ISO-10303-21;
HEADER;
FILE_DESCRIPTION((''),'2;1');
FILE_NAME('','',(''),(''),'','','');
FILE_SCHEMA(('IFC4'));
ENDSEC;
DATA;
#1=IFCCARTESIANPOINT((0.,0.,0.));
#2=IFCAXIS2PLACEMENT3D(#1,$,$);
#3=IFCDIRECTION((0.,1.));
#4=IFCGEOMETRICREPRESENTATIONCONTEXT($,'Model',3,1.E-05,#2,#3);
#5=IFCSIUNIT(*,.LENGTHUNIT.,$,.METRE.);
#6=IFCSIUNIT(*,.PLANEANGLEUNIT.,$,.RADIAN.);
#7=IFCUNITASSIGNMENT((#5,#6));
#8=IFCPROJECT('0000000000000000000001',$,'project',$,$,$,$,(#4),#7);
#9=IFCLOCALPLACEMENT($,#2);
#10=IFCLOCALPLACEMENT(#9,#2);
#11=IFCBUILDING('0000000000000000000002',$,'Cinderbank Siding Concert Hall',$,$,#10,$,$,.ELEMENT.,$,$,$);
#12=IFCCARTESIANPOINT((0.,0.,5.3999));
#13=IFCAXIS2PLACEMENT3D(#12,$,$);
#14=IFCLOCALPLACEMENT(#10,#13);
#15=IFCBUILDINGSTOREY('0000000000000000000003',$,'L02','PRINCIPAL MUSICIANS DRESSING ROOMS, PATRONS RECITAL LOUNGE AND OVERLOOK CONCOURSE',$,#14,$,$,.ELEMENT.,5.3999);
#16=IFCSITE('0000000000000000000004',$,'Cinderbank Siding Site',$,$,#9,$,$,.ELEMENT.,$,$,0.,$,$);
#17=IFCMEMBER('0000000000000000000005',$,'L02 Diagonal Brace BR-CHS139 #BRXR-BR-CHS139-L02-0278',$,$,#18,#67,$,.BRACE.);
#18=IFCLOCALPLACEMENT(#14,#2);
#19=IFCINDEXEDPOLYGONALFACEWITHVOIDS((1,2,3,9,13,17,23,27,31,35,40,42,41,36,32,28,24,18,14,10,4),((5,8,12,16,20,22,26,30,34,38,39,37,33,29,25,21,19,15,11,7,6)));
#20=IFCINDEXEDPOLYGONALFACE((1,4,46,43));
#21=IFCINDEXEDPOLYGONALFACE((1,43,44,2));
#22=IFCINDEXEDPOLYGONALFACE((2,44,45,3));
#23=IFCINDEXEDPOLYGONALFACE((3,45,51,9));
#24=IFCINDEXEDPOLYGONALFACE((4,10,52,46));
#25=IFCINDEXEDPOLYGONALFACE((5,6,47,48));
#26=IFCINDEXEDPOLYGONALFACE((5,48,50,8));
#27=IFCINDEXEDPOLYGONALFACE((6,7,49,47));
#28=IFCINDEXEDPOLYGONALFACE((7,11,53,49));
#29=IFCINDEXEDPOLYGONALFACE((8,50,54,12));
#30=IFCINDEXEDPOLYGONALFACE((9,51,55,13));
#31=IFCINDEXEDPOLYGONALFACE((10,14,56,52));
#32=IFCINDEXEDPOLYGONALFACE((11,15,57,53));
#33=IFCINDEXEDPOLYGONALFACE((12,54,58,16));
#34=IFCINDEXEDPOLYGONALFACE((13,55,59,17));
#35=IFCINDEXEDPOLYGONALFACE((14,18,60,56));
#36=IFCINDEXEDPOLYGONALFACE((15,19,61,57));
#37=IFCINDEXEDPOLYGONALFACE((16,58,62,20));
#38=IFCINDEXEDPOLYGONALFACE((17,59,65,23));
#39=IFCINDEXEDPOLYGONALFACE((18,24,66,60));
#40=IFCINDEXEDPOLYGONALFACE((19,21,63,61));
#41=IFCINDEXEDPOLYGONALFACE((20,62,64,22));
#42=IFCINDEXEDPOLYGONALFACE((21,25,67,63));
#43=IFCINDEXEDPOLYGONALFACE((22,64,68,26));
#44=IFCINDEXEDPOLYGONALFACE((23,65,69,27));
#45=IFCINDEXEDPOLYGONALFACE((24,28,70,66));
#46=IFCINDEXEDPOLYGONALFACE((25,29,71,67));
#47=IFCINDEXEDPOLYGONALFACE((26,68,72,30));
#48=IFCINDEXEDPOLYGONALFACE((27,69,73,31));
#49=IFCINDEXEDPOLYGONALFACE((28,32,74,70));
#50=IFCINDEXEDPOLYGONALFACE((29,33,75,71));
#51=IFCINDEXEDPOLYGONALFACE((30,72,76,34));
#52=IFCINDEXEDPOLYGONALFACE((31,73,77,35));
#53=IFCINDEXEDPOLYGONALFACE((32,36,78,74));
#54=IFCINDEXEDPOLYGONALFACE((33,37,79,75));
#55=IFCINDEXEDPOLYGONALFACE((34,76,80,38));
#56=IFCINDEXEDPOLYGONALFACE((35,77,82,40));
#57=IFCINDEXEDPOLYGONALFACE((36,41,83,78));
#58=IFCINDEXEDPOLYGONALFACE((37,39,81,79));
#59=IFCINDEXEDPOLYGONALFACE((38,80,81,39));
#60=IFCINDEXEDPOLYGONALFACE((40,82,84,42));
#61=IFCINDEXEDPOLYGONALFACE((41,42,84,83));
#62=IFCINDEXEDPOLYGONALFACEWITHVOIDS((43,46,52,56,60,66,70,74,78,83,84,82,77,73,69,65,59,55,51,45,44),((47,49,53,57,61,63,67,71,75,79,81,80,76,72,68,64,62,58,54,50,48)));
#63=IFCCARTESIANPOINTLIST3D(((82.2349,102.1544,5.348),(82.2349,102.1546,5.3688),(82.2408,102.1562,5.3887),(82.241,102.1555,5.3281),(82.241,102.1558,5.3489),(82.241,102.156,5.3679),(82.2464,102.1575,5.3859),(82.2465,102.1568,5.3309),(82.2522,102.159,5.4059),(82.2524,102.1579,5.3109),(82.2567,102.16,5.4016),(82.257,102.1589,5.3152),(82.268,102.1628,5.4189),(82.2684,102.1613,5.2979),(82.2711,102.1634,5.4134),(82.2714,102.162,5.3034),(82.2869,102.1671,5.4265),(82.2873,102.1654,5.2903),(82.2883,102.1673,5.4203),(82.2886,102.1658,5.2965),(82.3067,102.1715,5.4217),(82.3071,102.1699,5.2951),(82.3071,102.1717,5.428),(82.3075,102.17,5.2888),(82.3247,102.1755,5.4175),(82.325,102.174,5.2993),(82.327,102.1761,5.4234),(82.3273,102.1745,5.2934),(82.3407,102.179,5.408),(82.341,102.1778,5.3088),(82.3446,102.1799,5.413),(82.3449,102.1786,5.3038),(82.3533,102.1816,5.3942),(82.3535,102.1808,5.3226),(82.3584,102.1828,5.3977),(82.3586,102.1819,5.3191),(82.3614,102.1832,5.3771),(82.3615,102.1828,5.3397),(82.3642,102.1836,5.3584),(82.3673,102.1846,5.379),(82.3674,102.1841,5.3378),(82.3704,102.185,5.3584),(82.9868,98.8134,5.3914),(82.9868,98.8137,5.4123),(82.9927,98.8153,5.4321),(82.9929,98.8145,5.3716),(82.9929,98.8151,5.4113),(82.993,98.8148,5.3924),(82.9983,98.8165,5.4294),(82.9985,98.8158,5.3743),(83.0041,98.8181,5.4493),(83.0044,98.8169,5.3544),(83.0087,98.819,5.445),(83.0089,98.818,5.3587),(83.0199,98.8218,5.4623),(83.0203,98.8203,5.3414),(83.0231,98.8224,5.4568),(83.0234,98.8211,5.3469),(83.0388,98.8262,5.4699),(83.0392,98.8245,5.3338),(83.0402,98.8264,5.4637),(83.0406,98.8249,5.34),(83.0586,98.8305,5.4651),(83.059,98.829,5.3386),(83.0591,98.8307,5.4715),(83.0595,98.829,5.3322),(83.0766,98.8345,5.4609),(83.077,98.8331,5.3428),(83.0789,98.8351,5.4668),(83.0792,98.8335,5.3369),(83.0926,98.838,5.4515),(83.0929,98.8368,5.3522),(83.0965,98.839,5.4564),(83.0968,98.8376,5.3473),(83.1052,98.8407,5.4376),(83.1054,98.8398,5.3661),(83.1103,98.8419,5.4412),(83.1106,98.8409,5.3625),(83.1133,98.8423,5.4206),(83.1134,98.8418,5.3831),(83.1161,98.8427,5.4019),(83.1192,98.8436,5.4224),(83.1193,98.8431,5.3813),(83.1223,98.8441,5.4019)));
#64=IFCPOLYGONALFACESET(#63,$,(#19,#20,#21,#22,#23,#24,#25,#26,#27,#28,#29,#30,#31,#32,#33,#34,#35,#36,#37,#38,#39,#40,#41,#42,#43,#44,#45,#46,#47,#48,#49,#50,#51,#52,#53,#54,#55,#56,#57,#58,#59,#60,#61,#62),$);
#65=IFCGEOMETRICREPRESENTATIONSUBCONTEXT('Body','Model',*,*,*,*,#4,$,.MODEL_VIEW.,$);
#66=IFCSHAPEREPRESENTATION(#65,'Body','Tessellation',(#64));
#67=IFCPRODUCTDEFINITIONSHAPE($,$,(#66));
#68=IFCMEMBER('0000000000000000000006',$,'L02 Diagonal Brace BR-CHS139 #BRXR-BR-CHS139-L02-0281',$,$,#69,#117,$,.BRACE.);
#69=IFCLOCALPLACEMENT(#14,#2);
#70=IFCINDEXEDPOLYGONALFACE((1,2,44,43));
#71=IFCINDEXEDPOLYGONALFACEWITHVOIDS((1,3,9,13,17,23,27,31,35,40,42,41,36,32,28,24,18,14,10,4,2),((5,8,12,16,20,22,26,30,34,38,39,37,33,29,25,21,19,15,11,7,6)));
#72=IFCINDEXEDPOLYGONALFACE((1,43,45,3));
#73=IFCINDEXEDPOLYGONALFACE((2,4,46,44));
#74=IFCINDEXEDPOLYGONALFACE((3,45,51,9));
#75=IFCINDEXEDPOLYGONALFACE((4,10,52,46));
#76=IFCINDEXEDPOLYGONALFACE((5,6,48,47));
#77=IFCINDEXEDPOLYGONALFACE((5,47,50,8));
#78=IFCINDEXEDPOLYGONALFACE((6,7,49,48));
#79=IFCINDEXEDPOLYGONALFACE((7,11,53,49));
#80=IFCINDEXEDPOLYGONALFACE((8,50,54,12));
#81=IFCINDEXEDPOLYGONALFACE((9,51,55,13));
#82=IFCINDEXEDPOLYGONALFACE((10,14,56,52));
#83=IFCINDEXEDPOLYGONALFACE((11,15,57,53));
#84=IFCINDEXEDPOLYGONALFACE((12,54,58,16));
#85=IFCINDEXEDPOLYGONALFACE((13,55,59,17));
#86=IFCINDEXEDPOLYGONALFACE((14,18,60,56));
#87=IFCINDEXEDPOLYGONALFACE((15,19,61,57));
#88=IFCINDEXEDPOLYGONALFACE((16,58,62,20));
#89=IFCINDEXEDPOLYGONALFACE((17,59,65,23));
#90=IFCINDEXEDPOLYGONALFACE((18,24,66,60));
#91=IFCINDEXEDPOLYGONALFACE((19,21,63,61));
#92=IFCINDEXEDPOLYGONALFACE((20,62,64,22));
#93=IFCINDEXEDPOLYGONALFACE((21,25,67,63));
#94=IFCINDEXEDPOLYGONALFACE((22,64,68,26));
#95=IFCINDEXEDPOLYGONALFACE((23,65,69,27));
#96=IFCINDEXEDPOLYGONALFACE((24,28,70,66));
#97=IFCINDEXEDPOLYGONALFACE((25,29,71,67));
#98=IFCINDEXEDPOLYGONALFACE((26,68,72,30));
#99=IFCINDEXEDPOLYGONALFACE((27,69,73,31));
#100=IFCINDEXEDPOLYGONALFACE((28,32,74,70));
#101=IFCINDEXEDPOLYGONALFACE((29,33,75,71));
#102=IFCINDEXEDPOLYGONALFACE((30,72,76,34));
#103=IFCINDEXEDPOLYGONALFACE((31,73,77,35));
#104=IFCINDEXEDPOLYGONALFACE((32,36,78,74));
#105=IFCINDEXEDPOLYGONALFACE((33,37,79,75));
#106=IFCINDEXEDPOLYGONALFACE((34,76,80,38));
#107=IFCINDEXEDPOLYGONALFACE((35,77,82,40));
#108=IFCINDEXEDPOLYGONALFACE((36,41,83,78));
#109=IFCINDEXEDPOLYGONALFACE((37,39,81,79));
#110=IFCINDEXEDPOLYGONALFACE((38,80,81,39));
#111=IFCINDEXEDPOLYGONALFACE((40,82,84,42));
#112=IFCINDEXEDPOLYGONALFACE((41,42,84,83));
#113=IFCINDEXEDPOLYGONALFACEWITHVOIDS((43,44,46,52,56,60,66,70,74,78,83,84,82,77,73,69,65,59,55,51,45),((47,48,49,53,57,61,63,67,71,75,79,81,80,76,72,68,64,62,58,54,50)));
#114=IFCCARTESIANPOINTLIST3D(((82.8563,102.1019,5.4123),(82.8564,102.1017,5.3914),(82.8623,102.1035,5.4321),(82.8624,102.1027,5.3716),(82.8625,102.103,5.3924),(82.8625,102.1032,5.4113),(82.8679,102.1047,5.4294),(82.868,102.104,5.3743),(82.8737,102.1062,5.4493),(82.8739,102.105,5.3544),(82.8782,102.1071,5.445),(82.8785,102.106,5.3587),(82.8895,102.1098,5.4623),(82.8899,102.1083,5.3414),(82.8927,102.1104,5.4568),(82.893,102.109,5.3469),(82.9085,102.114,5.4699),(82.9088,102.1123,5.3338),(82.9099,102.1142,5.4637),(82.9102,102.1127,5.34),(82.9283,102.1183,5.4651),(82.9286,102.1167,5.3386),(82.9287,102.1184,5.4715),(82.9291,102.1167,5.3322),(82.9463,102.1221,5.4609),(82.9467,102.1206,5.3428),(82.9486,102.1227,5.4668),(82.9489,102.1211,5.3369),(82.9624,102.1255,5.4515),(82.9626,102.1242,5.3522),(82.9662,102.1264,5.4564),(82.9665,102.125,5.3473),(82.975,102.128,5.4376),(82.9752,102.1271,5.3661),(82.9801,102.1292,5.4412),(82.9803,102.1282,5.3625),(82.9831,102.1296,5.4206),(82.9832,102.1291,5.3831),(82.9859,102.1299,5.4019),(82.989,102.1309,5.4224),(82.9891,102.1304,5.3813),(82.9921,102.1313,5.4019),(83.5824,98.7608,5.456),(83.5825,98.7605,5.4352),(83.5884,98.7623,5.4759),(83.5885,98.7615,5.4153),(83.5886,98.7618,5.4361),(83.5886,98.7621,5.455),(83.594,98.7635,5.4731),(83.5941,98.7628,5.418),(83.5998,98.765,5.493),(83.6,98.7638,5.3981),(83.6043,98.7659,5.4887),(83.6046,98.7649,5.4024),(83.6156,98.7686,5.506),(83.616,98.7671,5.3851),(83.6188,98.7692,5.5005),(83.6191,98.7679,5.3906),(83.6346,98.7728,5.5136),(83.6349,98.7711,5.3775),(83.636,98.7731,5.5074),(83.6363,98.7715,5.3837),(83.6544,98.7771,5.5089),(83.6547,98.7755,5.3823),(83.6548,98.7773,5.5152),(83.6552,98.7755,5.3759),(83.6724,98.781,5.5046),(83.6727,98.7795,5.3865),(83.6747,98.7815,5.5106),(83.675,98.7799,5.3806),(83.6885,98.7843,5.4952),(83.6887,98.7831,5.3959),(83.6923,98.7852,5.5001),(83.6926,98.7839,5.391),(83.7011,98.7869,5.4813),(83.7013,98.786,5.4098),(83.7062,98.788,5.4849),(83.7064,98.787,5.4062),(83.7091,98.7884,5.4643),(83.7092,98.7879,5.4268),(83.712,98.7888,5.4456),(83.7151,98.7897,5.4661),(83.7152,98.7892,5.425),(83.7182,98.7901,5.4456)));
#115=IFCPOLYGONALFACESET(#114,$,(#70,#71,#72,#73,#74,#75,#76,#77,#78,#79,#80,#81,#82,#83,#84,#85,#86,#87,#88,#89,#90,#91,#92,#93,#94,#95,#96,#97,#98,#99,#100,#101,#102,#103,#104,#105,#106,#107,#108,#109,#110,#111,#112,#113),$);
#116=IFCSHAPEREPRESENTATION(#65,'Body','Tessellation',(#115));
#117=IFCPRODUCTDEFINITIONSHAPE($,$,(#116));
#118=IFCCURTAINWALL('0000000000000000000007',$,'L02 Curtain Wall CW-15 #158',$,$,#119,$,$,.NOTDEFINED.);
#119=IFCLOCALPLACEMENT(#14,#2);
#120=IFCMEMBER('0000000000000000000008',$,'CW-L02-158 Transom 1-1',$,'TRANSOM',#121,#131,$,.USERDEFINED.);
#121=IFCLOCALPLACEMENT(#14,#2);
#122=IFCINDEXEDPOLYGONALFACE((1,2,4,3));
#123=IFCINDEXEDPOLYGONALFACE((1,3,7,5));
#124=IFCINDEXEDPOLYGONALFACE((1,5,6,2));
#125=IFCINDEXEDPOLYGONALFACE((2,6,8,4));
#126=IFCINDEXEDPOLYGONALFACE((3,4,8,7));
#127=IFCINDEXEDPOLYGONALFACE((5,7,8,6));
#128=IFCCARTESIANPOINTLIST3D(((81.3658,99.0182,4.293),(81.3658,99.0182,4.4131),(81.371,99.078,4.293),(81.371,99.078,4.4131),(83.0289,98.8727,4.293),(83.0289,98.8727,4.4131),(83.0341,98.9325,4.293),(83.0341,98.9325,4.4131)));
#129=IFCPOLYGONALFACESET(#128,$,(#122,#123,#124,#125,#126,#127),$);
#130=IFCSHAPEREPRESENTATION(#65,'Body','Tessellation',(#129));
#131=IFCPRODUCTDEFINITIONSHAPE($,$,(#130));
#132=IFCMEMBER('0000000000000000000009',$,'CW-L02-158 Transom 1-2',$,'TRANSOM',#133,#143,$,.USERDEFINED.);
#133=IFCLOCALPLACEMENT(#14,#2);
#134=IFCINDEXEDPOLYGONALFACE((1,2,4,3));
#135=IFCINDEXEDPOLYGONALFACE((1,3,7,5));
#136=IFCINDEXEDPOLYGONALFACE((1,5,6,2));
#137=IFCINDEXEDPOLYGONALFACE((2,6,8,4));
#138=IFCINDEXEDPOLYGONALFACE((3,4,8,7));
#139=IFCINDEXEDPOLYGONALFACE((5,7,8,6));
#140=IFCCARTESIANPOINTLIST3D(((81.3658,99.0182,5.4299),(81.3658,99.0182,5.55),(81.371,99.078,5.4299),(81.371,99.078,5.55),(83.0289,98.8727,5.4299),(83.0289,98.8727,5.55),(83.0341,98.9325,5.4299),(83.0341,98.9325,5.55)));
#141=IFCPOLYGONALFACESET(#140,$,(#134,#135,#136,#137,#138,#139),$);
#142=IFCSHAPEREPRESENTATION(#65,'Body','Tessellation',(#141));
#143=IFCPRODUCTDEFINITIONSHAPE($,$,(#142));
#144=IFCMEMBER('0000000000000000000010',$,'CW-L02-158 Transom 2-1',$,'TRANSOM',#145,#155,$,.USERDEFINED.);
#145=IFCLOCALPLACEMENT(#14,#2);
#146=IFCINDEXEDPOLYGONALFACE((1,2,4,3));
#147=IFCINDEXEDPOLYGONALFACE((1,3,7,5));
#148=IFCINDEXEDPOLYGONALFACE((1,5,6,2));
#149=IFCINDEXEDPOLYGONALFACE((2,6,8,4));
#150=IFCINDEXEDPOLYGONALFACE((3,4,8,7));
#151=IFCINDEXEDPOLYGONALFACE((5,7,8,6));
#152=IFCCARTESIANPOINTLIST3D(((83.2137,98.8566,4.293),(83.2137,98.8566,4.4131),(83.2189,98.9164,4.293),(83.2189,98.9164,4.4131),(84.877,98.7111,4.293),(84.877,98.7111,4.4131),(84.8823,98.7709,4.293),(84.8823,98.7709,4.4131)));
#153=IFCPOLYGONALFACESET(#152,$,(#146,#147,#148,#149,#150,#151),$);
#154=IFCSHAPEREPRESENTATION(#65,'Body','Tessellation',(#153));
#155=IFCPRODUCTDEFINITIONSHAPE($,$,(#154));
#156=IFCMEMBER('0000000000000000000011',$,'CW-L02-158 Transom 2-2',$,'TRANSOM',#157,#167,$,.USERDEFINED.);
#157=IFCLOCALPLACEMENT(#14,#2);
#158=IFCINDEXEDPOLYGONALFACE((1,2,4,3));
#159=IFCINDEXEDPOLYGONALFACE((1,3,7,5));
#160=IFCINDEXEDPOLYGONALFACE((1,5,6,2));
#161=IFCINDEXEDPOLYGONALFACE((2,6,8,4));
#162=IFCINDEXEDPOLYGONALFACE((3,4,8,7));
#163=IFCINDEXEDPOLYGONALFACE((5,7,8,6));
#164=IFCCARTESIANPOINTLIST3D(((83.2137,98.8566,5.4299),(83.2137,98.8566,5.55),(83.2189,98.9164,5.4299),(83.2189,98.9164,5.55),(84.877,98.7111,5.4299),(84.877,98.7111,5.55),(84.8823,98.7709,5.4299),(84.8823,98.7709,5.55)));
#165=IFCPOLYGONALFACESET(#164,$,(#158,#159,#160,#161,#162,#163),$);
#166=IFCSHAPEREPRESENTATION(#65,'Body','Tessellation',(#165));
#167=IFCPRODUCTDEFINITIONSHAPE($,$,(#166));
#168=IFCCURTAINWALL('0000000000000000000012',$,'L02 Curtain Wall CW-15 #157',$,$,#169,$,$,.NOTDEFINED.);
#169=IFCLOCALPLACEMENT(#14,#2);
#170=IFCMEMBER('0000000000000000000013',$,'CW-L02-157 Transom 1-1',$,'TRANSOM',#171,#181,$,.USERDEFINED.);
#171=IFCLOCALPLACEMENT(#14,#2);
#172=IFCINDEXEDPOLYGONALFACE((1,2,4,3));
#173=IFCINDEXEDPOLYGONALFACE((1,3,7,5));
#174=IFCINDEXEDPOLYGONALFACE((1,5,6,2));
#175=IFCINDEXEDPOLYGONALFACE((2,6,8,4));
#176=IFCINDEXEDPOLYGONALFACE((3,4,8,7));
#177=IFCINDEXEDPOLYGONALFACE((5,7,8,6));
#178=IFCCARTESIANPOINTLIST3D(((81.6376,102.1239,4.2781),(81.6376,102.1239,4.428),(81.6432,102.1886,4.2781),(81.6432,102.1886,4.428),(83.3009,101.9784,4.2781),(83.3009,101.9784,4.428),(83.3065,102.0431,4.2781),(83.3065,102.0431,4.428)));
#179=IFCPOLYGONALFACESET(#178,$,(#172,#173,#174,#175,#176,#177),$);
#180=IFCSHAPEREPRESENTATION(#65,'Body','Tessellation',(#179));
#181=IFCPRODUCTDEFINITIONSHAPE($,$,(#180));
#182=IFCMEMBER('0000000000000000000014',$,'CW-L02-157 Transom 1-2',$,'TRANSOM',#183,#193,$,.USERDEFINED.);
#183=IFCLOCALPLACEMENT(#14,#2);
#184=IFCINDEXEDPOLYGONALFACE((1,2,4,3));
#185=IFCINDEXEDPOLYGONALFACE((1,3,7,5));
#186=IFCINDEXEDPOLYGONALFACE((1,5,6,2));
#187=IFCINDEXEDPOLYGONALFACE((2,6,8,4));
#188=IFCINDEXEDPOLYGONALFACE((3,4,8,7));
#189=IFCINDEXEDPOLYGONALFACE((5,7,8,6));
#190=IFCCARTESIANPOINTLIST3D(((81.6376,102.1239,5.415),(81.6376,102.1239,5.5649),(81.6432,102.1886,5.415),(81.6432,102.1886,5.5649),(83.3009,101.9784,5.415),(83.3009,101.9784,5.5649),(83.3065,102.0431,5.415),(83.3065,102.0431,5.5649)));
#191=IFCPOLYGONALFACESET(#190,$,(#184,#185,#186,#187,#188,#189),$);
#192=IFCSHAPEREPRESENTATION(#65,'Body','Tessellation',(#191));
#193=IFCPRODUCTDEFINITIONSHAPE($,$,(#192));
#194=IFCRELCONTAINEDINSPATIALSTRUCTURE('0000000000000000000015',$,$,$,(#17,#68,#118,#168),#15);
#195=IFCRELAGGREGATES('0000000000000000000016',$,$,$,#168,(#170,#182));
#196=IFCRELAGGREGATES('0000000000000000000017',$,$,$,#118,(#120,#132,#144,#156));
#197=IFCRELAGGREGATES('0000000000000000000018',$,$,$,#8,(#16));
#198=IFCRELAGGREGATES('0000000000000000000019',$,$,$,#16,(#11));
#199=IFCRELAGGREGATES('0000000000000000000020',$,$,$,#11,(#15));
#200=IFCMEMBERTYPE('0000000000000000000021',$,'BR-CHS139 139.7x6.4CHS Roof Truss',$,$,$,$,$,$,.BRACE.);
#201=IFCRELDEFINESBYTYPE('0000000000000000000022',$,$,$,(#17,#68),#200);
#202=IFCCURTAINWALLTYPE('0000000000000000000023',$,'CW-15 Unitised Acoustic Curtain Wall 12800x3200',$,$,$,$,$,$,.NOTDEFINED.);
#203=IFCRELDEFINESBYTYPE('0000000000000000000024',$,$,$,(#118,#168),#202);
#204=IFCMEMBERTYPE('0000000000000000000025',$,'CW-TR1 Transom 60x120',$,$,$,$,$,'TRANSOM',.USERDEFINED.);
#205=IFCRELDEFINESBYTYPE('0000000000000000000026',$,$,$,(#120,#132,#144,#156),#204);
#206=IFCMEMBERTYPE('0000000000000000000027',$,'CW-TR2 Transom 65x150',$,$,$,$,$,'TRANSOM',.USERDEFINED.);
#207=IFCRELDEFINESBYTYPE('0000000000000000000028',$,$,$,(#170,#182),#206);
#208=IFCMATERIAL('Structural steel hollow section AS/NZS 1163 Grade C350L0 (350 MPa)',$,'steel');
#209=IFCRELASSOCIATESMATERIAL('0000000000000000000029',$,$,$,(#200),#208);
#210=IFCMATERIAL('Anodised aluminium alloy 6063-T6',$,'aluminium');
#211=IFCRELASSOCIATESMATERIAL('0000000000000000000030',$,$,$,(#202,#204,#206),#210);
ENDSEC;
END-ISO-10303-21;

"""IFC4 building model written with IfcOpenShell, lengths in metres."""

from ifc_helpers import new_model, si_unit, direction, frame, origin, origin_2d, place, context, subcontext, project, spatial, rectangle, hollow_circle, extrude, material, material_profile, profile_set, type_object, element, aggregate, save


model = new_model("IFC4")

# Units and contexts
model_context = context("Model", 3, precision=1e-05, world=origin(), true_north=direction((0.0, 1.0)))
body_context = subcontext(model_context, "Body", "Model", "MODEL_VIEW")
ifc_project = project(units=[si_unit("LENGTHUNIT", "METRE"), si_unit("PLANEANGLEUNIT", "RADIAN")], contexts=[model_context])

# Site, building, storey
site_placement = place(None, origin())
site = spatial("IfcSite", under=ifc_project, at=site_placement, Name="Cinderbank Siding Site", CompositionType="ELEMENT", RefElevation=0.0)
building_placement = place(site_placement, origin())
building = spatial("IfcBuilding", under=site, at=building_placement, Name="Cinderbank Siding Concert Hall", CompositionType="ELEMENT")
storey_placement = place(building_placement, frame((0.0, 0.0, 5.3999)))
storey = spatial("IfcBuildingStorey", under=building, at=storey_placement, Name="L02", Description="PRINCIPAL MUSICIANS DRESSING ROOMS, PATRONS RECITAL LOUNGE AND OVERLOOK CONCOURSE", CompositionType="ELEMENT", Elevation=5.3999)

# Members
ifc_material_1 = material(Name="Structural steel hollow section AS/NZS 1163 Grade C350L0 (350 MPa)", Category="steel")
ifc_material_profile_1 = material_profile(ifc_material_1, hollow_circle(Radius=0.0698, WallThickness=0.0063, at=origin_2d()), Name="139.7x6.4CHS", Category="LoadBearing")
ifc_profile_set_1 = profile_set([ifc_material_profile_1], Name="Structural steel hollow section AS/NZS 1163 Grade C350L0 (350 MPa)")
member_type_1 = type_object("IfcMemberType", Name="BR-CHS139 139.7x6.4CHS Roof Truss", PredefinedType="BRACE", material=ifc_profile_set_1)
member_1_placement = place(storey_placement, frame((82.3022, 102.1697, 5.3584), z_axis=(0.219554, -0.975518, 0.012689), x_axis=(0.975596, 0.219572, 0.0)))
element("IfcMember", 1, at=member_1_placement, inside=storey, type_object=member_type_1, Name="L02 Diagonal Brace BR-CHS139 #BRXR-BR-CHS139-L02-0278", PredefinedType="BRACE", context=body_context, shape_type="SweptSolid", body=[
    extrude(hollow_circle(Radius=0.0698, WallThickness=0.0063, at=origin_2d()), origin(), (0.0, 0.0, 1.0), 3.4248),
])
member_2_placement = place(storey_placement, frame((82.9238, 102.1165, 5.4019), z_axis=(0.212344, -0.977111, 0.012781), x_axis=(0.977191, 0.212361, 0.0)))
element("IfcMember", 2, at=member_2_placement, inside=storey, type_object=member_type_1, Name="L02 Diagonal Brace BR-CHS139 #BRXR-BR-CHS139-L02-0281", PredefinedType="BRACE", context=body_context, shape_type="SweptSolid", body=[
    extrude(hollow_circle(Radius=0.0698, WallThickness=0.0063, at=origin_2d()), origin(), (0.0, 0.0, 1.0), 3.4194),
])

# Curtain walls, members
ifc_material_2 = material(Name="Anodised aluminium alloy 6063-T6", Category="aluminium")
curtain_wall_type = type_object("IfcCurtainWallType", Name="CW-15 Unitised Acoustic Curtain Wall 12800x3200", PredefinedType="NOTDEFINED", material=ifc_material_2)
curtain_wall_1_placement = place(storey_placement, origin())
curtain_wall_1 = element("IfcCurtainWall", 3, at=curtain_wall_1_placement, inside=storey, type_object=curtain_wall_type, Name="L02 Curtain Wall CW-15 #158", PredefinedType="NOTDEFINED")
ifc_material_profile_2 = material_profile(ifc_material_2, rectangle(XDim=0.0601, YDim=0.1201, at=origin_2d()), Name="ALU-TRAN-60x120", Category="LoadBearing")
ifc_profile_set_2 = profile_set([ifc_material_profile_2], Name="Anodised aluminium alloy 6063-T6")
member_type_2 = type_object("IfcMemberType", Name="CW-TR1 Transom 60x120", ElementType="TRANSOM", PredefinedType="USERDEFINED", material=ifc_profile_set_2)
member_3_placement = place(storey_placement, frame((81.3684, 99.0481, 4.353), z_axis=(0.996194, -0.08716, 0.0), x_axis=(0.08716, 0.996194, 0.0)))
member_3 = element("IfcMember", 4, at=member_3_placement, type_object=member_type_2, Name="CW-L02-158 Transom 1-1", ObjectType="TRANSOM", PredefinedType="USERDEFINED", context=body_context, shape_type="SweptSolid", body=[
    extrude(rectangle(XDim=0.0601, YDim=0.1201, at=origin_2d()), origin(), (0.0, 0.0, 1.0), 1.6694),
])
member_4_placement = place(storey_placement, frame((81.3684, 99.0481, 5.49), z_axis=(0.996194, -0.08716, 0.0), x_axis=(0.08716, 0.996194, 0.0)))
member_4 = element("IfcMember", 5, at=member_4_placement, type_object=member_type_2, Name="CW-L02-158 Transom 1-2", ObjectType="TRANSOM", PredefinedType="USERDEFINED", context=body_context, shape_type="SweptSolid", body=[
    extrude(rectangle(XDim=0.0601, YDim=0.1201, at=origin_2d()), origin(), (0.0, 0.0, 1.0), 1.6694),
])
member_5_placement = place(storey_placement, frame((83.2163, 98.8865, 4.353), z_axis=(0.996195, -0.087147, 0.0), x_axis=(0.087147, 0.996195, 0.0)))
member_5 = element("IfcMember", 6, at=member_5_placement, type_object=member_type_2, Name="CW-L02-158 Transom 2-1", ObjectType="TRANSOM", PredefinedType="USERDEFINED", context=body_context, shape_type="SweptSolid", body=[
    extrude(rectangle(XDim=0.0601, YDim=0.1201, at=origin_2d()), origin(), (0.0, 0.0, 1.0), 1.6697),
])
member_6_placement = place(storey_placement, frame((83.2163, 98.8865, 5.49), z_axis=(0.996195, -0.087147, 0.0), x_axis=(0.087147, 0.996195, 0.0)))
member_6 = element("IfcMember", 7, at=member_6_placement, type_object=member_type_2, Name="CW-L02-158 Transom 2-2", ObjectType="TRANSOM", PredefinedType="USERDEFINED", context=body_context, shape_type="SweptSolid", body=[
    extrude(rectangle(XDim=0.0601, YDim=0.1201, at=origin_2d()), origin(), (0.0, 0.0, 1.0), 1.6697),
])
curtain_wall_2_placement = place(storey_placement, origin())
curtain_wall_2 = element("IfcCurtainWall", 8, at=curtain_wall_2_placement, inside=storey, type_object=curtain_wall_type, Name="L02 Curtain Wall CW-15 #157", PredefinedType="NOTDEFINED")
ifc_material_profile_3 = material_profile(ifc_material_2, rectangle(XDim=0.0649, YDim=0.1499, at=origin_2d()), Name="ALU-TRAN-65x150", Category="LoadBearing")
ifc_profile_set_3 = profile_set([ifc_material_profile_3], Name="Anodised aluminium alloy 6063-T6")
member_type_3 = type_object("IfcMemberType", Name="CW-TR2 Transom 65x150", ElementType="TRANSOM", PredefinedType="USERDEFINED", material=ifc_profile_set_3)
member_7_placement = place(storey_placement, frame((81.6404, 102.1562, 4.353), z_axis=(0.996195, -0.087147, 0.0), x_axis=(0.087147, 0.996195, 0.0)))
member_7 = element("IfcMember", 9, at=member_7_placement, type_object=member_type_3, Name="CW-L02-157 Transom 1-1", ObjectType="TRANSOM", PredefinedType="USERDEFINED", context=body_context, shape_type="SweptSolid", body=[
    extrude(rectangle(XDim=0.0649, YDim=0.1499, at=origin_2d()), origin(), (0.0, 0.0, 1.0), 1.6697),
])
member_8_placement = place(storey_placement, frame((81.6404, 102.1562, 5.49), z_axis=(0.996195, -0.087147, 0.0), x_axis=(0.087147, 0.996195, 0.0)))
member_8 = element("IfcMember", 10, at=member_8_placement, type_object=member_type_3, Name="CW-L02-157 Transom 1-2", ObjectType="TRANSOM", PredefinedType="USERDEFINED", context=body_context, shape_type="SweptSolid", body=[
    extrude(rectangle(XDim=0.0649, YDim=0.1499, at=origin_2d()), origin(), (0.0, 0.0, 1.0), 1.6697),
])

aggregate(curtain_wall_2, [member_7, member_8])
aggregate(curtain_wall_1, [member_3, member_4, member_5, member_6])

save(model, "model.ifc")
